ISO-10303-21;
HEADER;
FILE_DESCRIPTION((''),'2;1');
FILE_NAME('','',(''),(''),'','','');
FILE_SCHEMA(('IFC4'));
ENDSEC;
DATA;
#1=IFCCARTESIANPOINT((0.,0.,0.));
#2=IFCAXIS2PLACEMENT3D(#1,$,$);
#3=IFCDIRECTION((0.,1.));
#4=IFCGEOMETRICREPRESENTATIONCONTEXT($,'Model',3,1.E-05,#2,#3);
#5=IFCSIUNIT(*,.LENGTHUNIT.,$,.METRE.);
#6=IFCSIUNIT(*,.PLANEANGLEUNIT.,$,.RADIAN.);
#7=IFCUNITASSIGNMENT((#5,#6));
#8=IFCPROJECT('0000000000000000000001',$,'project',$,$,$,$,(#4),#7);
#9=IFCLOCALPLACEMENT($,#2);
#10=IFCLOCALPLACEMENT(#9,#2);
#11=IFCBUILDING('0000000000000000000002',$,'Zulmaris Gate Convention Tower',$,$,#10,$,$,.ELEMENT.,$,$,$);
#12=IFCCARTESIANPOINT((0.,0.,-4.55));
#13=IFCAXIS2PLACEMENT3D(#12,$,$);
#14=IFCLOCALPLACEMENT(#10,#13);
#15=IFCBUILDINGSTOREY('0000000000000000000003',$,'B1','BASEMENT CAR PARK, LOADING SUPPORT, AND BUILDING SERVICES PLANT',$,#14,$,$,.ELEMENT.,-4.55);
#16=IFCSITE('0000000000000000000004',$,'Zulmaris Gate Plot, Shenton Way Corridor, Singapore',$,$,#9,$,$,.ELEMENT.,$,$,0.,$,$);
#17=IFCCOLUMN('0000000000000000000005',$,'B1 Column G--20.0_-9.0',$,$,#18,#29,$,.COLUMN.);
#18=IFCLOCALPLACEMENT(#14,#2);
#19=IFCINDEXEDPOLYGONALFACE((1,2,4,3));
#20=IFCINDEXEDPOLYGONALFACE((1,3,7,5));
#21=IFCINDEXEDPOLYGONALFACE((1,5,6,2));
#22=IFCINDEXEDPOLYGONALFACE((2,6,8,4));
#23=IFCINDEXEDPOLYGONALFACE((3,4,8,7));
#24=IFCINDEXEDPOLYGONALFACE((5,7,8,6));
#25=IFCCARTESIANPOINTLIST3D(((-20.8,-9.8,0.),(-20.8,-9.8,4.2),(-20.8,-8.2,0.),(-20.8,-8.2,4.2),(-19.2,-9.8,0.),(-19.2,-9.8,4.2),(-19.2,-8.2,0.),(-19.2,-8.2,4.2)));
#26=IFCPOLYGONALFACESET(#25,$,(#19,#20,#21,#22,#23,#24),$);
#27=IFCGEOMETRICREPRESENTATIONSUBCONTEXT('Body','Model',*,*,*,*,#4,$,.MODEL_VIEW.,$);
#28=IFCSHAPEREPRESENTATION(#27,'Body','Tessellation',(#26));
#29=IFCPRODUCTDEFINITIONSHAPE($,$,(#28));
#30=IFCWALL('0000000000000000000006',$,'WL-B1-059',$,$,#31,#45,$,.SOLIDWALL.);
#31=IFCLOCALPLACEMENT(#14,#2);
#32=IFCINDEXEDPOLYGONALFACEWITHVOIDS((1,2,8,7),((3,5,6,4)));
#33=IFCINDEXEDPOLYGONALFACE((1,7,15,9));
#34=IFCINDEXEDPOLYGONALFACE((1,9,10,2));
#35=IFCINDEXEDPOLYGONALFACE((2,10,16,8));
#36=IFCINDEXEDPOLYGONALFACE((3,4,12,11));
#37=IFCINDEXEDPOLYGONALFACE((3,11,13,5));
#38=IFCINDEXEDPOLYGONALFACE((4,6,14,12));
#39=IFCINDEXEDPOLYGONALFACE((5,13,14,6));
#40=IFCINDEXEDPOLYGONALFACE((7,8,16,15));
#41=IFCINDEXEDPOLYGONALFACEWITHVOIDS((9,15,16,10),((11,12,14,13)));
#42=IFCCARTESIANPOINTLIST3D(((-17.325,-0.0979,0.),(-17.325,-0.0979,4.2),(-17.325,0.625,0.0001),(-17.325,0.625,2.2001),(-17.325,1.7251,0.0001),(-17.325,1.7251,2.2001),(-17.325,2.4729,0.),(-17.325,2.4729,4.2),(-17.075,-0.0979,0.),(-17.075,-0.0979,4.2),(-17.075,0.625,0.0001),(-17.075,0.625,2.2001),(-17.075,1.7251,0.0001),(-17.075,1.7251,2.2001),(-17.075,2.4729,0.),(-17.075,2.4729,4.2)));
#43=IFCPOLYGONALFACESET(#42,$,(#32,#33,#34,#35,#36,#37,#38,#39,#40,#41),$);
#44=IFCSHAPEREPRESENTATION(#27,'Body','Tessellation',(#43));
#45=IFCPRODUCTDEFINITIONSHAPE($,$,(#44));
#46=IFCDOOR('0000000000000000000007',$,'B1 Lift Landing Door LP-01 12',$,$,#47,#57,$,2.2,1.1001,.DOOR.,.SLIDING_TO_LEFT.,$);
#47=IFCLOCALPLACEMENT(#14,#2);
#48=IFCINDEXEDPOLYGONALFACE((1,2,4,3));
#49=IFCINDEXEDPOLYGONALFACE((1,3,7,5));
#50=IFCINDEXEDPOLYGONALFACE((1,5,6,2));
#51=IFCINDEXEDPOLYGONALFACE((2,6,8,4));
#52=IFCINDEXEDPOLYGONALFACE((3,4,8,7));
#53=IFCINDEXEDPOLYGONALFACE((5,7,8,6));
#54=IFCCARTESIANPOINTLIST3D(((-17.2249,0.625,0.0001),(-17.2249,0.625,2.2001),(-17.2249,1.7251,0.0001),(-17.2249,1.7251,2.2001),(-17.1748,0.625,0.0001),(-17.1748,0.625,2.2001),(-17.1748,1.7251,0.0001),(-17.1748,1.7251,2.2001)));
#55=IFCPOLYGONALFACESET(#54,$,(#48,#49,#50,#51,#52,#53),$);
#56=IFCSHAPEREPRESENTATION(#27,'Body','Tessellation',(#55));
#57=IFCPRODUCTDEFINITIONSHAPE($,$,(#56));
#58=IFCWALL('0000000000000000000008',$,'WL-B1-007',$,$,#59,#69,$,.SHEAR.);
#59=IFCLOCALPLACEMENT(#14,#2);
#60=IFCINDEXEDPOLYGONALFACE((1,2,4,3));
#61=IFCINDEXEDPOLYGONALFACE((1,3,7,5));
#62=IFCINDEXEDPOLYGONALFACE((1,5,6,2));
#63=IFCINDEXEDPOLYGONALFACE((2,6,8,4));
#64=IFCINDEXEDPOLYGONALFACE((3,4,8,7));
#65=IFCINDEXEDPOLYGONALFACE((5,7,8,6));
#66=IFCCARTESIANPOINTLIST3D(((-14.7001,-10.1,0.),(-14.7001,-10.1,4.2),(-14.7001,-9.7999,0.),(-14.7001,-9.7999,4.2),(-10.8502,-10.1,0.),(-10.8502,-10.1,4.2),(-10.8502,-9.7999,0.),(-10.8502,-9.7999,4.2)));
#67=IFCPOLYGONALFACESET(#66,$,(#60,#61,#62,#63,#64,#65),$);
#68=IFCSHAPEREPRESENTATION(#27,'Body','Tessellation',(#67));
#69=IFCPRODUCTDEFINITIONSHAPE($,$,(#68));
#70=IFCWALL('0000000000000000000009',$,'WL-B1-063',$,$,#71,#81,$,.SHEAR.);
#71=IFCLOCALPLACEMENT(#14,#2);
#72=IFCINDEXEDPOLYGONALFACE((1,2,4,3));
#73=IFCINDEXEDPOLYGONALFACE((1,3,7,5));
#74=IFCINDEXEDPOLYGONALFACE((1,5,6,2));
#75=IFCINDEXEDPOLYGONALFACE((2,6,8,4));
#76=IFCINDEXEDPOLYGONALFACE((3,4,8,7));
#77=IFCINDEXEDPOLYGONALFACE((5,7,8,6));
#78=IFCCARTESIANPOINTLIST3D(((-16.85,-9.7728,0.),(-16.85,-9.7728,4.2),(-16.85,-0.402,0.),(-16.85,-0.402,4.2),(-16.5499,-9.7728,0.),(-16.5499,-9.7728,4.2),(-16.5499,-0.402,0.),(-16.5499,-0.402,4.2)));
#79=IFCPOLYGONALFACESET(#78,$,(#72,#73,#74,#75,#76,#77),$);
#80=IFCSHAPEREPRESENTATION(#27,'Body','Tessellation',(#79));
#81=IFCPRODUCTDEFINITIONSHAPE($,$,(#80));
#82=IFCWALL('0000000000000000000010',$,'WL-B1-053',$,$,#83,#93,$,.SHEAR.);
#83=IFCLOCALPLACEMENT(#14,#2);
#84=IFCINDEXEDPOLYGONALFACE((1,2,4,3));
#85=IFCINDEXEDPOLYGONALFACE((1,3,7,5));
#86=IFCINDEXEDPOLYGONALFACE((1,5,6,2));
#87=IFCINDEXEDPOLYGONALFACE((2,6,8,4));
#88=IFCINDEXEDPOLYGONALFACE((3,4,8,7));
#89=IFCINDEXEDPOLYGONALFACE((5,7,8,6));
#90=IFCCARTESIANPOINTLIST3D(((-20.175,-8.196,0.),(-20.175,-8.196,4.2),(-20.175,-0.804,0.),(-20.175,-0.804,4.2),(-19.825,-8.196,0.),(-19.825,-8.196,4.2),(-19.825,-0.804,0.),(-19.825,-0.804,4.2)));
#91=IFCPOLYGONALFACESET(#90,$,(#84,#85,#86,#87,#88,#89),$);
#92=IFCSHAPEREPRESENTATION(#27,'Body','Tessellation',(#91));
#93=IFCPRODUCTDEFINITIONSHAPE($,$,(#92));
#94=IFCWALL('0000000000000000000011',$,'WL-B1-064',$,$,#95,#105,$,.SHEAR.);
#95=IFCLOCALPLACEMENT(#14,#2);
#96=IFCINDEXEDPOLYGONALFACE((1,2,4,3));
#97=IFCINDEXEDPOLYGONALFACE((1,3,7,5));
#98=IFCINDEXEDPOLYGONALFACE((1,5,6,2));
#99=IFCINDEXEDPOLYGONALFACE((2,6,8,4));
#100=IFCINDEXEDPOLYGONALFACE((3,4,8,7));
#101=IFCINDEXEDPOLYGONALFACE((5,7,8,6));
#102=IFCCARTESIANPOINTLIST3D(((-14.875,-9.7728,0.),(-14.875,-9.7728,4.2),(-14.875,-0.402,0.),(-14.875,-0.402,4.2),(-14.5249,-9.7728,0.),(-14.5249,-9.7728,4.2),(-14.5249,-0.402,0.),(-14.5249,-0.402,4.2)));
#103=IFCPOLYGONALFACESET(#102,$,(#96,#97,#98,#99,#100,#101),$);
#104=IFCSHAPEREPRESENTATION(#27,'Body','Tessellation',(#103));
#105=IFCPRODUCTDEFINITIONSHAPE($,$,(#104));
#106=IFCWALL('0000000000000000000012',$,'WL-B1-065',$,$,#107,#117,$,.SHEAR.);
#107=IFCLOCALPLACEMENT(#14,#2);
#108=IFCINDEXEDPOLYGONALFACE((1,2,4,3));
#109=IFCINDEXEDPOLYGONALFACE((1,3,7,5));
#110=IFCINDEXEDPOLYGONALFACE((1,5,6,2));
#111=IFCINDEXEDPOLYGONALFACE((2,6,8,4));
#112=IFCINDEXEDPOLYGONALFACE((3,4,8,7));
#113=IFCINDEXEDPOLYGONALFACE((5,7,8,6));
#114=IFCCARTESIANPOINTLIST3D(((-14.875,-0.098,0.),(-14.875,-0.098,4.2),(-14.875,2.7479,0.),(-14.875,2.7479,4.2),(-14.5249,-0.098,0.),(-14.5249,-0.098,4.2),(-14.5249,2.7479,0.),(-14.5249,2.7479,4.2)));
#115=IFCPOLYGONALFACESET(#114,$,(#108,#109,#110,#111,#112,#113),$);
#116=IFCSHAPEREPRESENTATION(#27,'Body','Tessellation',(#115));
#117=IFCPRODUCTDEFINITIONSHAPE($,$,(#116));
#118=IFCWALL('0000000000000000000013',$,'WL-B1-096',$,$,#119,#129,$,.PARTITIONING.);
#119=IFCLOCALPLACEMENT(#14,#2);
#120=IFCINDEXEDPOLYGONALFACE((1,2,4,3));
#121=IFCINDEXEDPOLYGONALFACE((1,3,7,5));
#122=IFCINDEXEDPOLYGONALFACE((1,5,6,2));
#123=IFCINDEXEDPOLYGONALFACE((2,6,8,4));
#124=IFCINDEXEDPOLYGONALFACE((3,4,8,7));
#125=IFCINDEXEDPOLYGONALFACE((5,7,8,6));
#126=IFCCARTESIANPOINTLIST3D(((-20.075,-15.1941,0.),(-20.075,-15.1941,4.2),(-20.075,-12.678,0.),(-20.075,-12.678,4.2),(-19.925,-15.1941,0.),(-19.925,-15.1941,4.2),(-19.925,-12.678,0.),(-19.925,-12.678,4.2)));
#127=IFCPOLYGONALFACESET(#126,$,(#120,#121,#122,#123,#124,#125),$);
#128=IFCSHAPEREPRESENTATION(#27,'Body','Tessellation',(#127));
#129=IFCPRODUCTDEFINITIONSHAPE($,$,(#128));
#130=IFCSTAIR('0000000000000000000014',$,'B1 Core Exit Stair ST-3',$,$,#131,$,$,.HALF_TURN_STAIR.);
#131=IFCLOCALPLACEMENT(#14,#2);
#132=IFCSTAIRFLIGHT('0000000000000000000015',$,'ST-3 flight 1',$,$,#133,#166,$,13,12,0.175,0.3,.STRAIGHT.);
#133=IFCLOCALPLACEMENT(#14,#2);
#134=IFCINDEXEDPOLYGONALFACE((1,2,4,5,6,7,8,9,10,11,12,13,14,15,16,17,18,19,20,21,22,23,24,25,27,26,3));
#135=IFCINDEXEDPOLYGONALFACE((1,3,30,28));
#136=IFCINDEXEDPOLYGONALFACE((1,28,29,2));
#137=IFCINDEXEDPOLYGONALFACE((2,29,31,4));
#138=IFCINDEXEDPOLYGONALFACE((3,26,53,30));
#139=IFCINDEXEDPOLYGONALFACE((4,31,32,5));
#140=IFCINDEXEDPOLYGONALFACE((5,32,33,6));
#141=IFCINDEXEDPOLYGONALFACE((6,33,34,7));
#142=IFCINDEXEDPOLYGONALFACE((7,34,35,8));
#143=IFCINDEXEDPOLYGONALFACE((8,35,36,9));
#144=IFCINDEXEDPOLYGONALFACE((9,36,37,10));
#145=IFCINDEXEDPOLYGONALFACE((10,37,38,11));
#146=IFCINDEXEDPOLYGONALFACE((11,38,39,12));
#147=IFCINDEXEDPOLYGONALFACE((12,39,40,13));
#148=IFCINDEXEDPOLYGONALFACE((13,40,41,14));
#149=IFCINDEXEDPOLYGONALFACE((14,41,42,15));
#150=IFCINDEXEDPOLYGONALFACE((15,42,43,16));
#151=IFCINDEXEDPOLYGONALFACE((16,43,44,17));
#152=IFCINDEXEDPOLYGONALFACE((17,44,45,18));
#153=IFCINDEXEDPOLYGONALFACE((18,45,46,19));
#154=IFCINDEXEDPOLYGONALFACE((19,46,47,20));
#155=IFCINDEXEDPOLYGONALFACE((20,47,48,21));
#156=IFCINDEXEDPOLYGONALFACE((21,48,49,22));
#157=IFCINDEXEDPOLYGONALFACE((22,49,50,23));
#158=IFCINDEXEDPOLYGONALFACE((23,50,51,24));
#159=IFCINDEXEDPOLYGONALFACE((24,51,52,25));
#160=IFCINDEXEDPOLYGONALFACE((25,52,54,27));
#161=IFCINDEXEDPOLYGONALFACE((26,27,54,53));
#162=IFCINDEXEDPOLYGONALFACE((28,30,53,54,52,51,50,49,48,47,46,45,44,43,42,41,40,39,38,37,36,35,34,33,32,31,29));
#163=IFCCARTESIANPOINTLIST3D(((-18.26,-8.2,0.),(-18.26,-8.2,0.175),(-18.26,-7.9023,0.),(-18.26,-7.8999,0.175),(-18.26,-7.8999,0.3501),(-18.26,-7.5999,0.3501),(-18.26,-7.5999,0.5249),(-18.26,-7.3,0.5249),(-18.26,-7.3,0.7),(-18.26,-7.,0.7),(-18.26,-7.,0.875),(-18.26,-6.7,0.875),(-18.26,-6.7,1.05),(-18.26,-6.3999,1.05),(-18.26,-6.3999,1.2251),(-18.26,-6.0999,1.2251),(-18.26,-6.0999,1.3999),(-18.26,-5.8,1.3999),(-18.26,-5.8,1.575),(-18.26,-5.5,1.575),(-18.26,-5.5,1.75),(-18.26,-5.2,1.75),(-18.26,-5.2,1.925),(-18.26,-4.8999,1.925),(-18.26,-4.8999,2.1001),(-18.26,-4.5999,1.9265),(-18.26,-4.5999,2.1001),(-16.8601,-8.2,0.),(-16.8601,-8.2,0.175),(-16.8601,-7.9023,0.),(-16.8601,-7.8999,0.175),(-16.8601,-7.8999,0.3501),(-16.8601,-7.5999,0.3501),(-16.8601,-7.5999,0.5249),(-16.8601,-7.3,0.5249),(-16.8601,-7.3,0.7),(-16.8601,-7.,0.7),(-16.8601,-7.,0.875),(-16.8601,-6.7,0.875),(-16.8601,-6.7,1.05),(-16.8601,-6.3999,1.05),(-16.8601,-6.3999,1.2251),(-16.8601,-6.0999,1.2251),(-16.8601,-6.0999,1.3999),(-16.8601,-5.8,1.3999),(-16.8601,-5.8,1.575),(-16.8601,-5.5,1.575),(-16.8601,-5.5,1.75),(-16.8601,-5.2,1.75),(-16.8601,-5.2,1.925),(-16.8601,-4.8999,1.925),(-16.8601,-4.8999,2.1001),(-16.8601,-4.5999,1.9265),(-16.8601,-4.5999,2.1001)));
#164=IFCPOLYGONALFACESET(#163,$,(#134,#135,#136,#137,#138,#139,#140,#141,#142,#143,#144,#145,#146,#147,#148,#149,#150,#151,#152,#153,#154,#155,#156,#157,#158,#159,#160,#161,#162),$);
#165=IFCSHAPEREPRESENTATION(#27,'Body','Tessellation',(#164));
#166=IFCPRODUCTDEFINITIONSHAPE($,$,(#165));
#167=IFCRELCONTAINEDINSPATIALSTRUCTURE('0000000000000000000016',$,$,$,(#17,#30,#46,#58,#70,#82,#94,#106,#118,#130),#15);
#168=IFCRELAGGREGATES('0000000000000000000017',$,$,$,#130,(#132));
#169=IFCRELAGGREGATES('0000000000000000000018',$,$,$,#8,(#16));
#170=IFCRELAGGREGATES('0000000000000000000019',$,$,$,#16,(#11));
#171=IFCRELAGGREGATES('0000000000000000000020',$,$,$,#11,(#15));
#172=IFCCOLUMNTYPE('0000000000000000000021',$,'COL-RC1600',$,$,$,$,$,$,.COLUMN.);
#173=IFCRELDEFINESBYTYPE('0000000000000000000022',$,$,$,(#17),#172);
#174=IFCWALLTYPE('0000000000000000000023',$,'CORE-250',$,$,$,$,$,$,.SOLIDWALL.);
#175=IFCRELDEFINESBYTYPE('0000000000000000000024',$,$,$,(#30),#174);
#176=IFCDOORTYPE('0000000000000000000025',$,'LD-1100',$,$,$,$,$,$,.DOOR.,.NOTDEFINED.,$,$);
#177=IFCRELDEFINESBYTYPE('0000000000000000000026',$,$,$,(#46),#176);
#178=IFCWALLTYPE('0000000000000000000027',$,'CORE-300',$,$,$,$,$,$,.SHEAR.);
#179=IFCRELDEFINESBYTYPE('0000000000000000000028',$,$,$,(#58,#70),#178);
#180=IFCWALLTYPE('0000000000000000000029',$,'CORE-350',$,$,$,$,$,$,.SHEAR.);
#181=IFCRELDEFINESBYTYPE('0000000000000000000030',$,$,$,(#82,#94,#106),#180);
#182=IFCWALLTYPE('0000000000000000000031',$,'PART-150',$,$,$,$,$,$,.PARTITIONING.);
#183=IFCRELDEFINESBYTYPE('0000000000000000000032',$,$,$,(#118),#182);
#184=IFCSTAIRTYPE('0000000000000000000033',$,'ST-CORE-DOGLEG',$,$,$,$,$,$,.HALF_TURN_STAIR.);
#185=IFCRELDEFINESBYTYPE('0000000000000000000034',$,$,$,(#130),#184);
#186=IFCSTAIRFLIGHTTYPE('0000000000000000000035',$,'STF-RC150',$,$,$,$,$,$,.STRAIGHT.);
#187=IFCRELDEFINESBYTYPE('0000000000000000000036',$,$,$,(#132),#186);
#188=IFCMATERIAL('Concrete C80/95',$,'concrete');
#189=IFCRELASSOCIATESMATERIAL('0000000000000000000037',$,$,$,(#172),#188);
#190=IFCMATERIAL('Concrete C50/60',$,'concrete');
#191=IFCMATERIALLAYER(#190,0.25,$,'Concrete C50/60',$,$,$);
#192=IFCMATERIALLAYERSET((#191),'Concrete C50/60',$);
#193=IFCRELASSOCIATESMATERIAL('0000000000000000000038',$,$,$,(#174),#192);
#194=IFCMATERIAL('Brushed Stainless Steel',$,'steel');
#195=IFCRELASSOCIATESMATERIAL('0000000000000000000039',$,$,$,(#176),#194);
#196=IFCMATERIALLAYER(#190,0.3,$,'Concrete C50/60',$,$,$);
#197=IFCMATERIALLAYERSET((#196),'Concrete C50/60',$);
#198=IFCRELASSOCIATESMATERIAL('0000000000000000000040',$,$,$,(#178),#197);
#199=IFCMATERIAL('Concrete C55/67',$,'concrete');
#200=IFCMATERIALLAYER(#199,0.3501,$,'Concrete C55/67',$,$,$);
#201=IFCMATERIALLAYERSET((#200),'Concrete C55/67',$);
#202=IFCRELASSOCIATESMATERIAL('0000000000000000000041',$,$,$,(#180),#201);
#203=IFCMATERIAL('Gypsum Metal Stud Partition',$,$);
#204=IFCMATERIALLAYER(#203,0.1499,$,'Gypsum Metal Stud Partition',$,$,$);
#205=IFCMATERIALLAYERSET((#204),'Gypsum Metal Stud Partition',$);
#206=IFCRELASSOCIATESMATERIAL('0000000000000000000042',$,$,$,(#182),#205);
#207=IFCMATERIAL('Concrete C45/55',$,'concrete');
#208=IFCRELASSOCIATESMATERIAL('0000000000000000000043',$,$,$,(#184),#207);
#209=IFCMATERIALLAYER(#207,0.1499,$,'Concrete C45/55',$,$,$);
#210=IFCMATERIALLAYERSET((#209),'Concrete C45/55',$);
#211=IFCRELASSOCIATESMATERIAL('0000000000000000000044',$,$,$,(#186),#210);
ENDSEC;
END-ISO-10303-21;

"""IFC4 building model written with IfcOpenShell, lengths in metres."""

from ifc_helpers import new_model, si_unit, direction, frame, frame_2d, origin, origin_2d, place, context, subcontext, project, spatial, polyline, rectangle, outline, extrude, material, layer, layer_set, material_profile, profile_set, type_object, element, fill, aggregate, save


model = new_model("IFC4")

# Units and contexts
model_context = context("Model", 3, precision=1e-05, world=origin(), true_north=direction((0.0, 1.0)))
body_context = subcontext(model_context, "Body", "Model", "MODEL_VIEW")
ifc_project = project(units=[si_unit("LENGTHUNIT", "METRE"), si_unit("PLANEANGLEUNIT", "RADIAN")], contexts=[model_context])

# Site, building, storey
site_placement = place(None, origin())
site = spatial("IfcSite", under=ifc_project, at=site_placement, Name="Zulmaris Gate Plot, Shenton Way Corridor, Singapore", CompositionType="ELEMENT", RefElevation=0.0)
building_placement = place(site_placement, origin())
building = spatial("IfcBuilding", under=site, at=building_placement, Name="Zulmaris Gate Convention Tower", CompositionType="ELEMENT")
storey_placement = place(building_placement, frame((0.0, 0.0, -4.55)))
storey = spatial("IfcBuildingStorey", under=building, at=storey_placement, Name="B1", Description="BASEMENT CAR PARK, LOADING SUPPORT, AND BUILDING SERVICES PLANT", CompositionType="ELEMENT", Elevation=-4.55)

# Column
ifc_material_1 = material(Name="Concrete C80/95", Category="concrete")
ifc_material_profile = material_profile(ifc_material_1, rectangle(XDim=1.6001, YDim=1.6001, at=origin_2d()), Name="RC COL 1600x1600")
ifc_profile_set = profile_set([ifc_material_profile], Name="Concrete C80/95")
column_type = type_object("IfcColumnType", Name="COL-RC1600", PredefinedType="COLUMN", material=ifc_profile_set)
column_placement = place(storey_placement, frame((-20.0, -9.0, 0.0), z_axis=(0.0, 0.0, 1.0), x_axis=(1.0, 0.0, 0.0)))
element("IfcColumn", 1, at=column_placement, inside=storey, type_object=column_type, Name="B1 Column G--20.0_-9.0", PredefinedType="COLUMN", context=body_context, shape_type="SweptSolid", body=[
    extrude(rectangle(XDim=1.6001, YDim=1.6001, at=origin_2d()), origin(), (0.0, 0.0, 1.0), 4.2),
])

# Wall, opening, door
ifc_material_2 = material(Name="Concrete C50/60", Category="concrete")
ifc_layer_1 = layer(ifc_material_2, 0.25, Name="Concrete C50/60")
ifc_layer_set_1 = layer_set([ifc_layer_1], Name="Concrete C50/60")
wall_type_1 = type_object("IfcWallType", Name="CORE-250", PredefinedType="SOLIDWALL", material=ifc_layer_set_1)
wall_1_placement = place(storey_placement, frame((-17.2, -0.0979, 0.0), z_axis=(0.0, 0.0, 1.0), x_axis=(0.0, 1.0, 0.0)))
wall_1 = element("IfcWall", 2, at=wall_1_placement, inside=storey, type_object=wall_type_1, Name="WL-B1-059", PredefinedType="SOLIDWALL", context=body_context, shape_type="SweptSolid", body=[
    extrude(rectangle(XDim=2.5708, YDim=0.25, at=frame_2d((1.2854, 0.0))), origin(), (0.0, 0.0, 1.0), 4.2),
])
opening_1_placement = place(wall_1_placement, frame((0.7229, 0.0, 0.0)))
opening_1 = element("IfcOpeningElement", 3, at=opening_1_placement, cuts=wall_1, PredefinedType="OPENING", context=body_context, shape_type="SweptSolid", body=[
    extrude(rectangle(XDim=1.1001, YDim=2.2, at=frame_2d((0.55, 1.1001))), frame((0.0, 0.135, 0.0), z_axis=(0.0, -1.0, 0.0), x_axis=(1.0, 0.0, 0.0)), (0.0, 0.0, 1.0), 0.27),
])
ifc_material_3 = material(Name="Brushed Stainless Steel", Category="steel")
door_type_1 = type_object("IfcDoorType", Name="LD-1100", OperationType="NOTDEFINED", PredefinedType="DOOR", material=ifc_material_3)
door_1_placement = place(opening_1_placement, origin())
door_1 = element("IfcDoor", 4, at=door_1_placement, inside=storey, type_object=door_type_1, Name="B1 Lift Landing Door LP-01 12", OperationType="SLIDING_TO_LEFT", OverallHeight=2.2, OverallWidth=1.1001, PredefinedType="DOOR", context=body_context, shape_type="SweptSolid", body=[
    extrude(rectangle(XDim=1.1001, YDim=2.2, at=frame_2d((0.55, 1.1001))), frame((0.0, 0.0249, 0.0), z_axis=(0.0, -1.0, 0.0), x_axis=(1.0, 0.0, 0.0)), (0.0, 0.0, 1.0), 0.05),
])
fill(opening_1, door_1)

# Wall
ifc_layer_2 = layer(ifc_material_2, 0.3, Name="Concrete C50/60")
ifc_layer_set_2 = layer_set([ifc_layer_2], Name="Concrete C50/60")
wall_type_2 = type_object("IfcWallType", Name="CORE-300", PredefinedType="SHEAR", material=ifc_layer_set_2)
wall_2_placement = place(storey_placement, frame((-14.7, -9.95, 0.0), z_axis=(0.0, 0.0, 1.0), x_axis=(1.0, 0.0, 0.0)))
element("IfcWall", 5, at=wall_2_placement, inside=storey, type_object=wall_type_2, Name="WL-B1-007", PredefinedType="SHEAR", context=body_context, shape_type="SweptSolid", body=[
    extrude(rectangle(XDim=3.8499, YDim=0.3, at=frame_2d((1.9248, 0.0))), origin(), (0.0, 0.0, 1.0), 4.2),
])

# Wall
wall_3_placement = place(storey_placement, frame((-16.7, -9.7729, 0.0), z_axis=(0.0, 0.0, 1.0), x_axis=(0.0, 1.0, 0.0)))
element("IfcWall", 6, at=wall_3_placement, inside=storey, type_object=wall_type_2, Name="WL-B1-063", PredefinedType="SHEAR", context=body_context, shape_type="SweptSolid", body=[
    extrude(rectangle(XDim=9.3708, YDim=0.3, at=frame_2d((4.6855, 0.0))), origin(), (0.0, 0.0, 1.0), 4.2),
])

# Shared definitions
ifc_material_4 = material(Name="Concrete C55/67", Category="concrete")
ifc_layer_3 = layer(ifc_material_4, 0.3501, Name="Concrete C55/67")
ifc_layer_set_3 = layer_set([ifc_layer_3], Name="Concrete C55/67")
wall_type_3 = type_object("IfcWallType", Name="CORE-350", PredefinedType="SHEAR", material=ifc_layer_set_3)

# Walls
wall_4_placement = place(storey_placement, frame((-20.0, -8.196, 0.0), z_axis=(0.0, 0.0, 1.0), x_axis=(0.0, 1.0, 0.0)))
element("IfcWall", 7, at=wall_4_placement, inside=storey, type_object=wall_type_3, Name="WL-B1-053", PredefinedType="SHEAR", context=body_context, shape_type="SweptSolid", body=[
    extrude(rectangle(XDim=7.3921, YDim=0.3501, at=frame_2d((3.696, 0.0))), origin(), (0.0, 0.0, 1.0), 4.2),
])
wall_5_placement = place(storey_placement, frame((-14.7, -9.7729, 0.0), z_axis=(0.0, 0.0, 1.0), x_axis=(0.0, 1.0, 0.0)))
element("IfcWall", 8, at=wall_5_placement, inside=storey, type_object=wall_type_3, Name="WL-B1-064", PredefinedType="SHEAR", context=body_context, shape_type="SweptSolid", body=[
    extrude(rectangle(XDim=9.3708, YDim=0.3501, at=frame_2d((4.6855, 0.0))), origin(), (0.0, 0.0, 1.0), 4.2),
])
wall_6_placement = place(storey_placement, frame((-14.7, -0.0979, 0.0), z_axis=(0.0, 0.0, 1.0), x_axis=(0.0, 1.0, 0.0)))
element("IfcWall", 9, at=wall_6_placement, inside=storey, type_object=wall_type_3, Name="WL-B1-065", PredefinedType="SHEAR", context=body_context, shape_type="SweptSolid", body=[
    extrude(rectangle(XDim=2.8459, YDim=0.3501, at=frame_2d((1.4229, 0.0))), origin(), (0.0, 0.0, 1.0), 4.2),
])
ifc_material_5 = material(Name="Gypsum Metal Stud Partition")
ifc_layer_4 = layer(ifc_material_5, 0.1499, Name="Gypsum Metal Stud Partition")
ifc_layer_set_4 = layer_set([ifc_layer_4], Name="Gypsum Metal Stud Partition")
wall_type_4 = type_object("IfcWallType", Name="PART-150", PredefinedType="PARTITIONING", material=ifc_layer_set_4)
wall_7_placement = place(storey_placement, frame((-20.0, -15.1941, 0.0), z_axis=(0.0, 0.0, 1.0), x_axis=(0.0, 1.0, 0.0)))
element("IfcWall", 10, at=wall_7_placement, inside=storey, type_object=wall_type_4, Name="WL-B1-096", PredefinedType="PARTITIONING", context=body_context, shape_type="SweptSolid", body=[
    extrude(rectangle(XDim=2.5161, YDim=0.1499, at=frame_2d((1.2581, 0.0))), origin(), (0.0, 0.0, 1.0), 4.2),
])

# Stair, stair flight
ifc_material_6 = material(Name="Concrete C45/55", Category="concrete")
stair_type = type_object("IfcStairType", Name="ST-CORE-DOGLEG", PredefinedType="HALF_TURN_STAIR", material=ifc_material_6)
stair_placement = place(storey_placement, origin())
stair = element("IfcStair", 11, at=stair_placement, inside=storey, type_object=stair_type, Name="B1 Core Exit Stair ST-3", PredefinedType="HALF_TURN_STAIR")
ifc_layer_5 = layer(ifc_material_6, 0.1499, Name="Concrete C45/55")
ifc_layer_set_5 = layer_set([ifc_layer_5], Name="Concrete C45/55")
stair_flight_type = type_object("IfcStairFlightType", Name="STF-RC150", PredefinedType="STRAIGHT", material=ifc_layer_set_5)
stair_flight_1_placement = place(storey_placement, frame((-17.5601, -8.2, 0.0), z_axis=(0.0, 0.0, 1.0), x_axis=(0.0, 1.0, 0.0)))
stair_flight_1 = element("IfcStairFlight", 12, at=stair_flight_1_placement, type_object=stair_flight_type, Name="ST-3 flight 1", NumberOfRisers=13, NumberOfTreads=12, PredefinedType="STRAIGHT", RiserHeight=0.175, TreadLength=0.3, context=body_context, shape_type="SweptSolid", body=[
    extrude(outline(polyline([(0.0, 0.0), (0.0, 0.175), (0.3, 0.175), (0.3, 0.3501), (0.6001, 0.3501), (0.6001, 0.5249), (0.8999, 0.5249), (0.8999, 0.7), (1.2, 0.7), (1.2, 0.875), (1.5, 0.875), (1.5, 1.05), (1.8, 1.05), (1.8, 1.2251), (2.1001, 1.2251), (2.1001, 1.3999), (2.3999, 1.3999), (2.3999, 1.575), (2.7, 1.575), (2.7, 1.75), (3.0, 1.75), (3.0, 1.925), (3.3, 1.925), (3.3, 2.1001), (3.6001, 2.1001), (3.6001, 2.2749), (3.6001, 1.9265), (0.2976, 0.0), (0.0, 0.0)])), frame((0.0, 0.7, 0.0), z_axis=(0.0, -1.0, 0.0), x_axis=(1.0, 0.0, 0.0)), (0.0, 0.0, 1.0), 1.3999),
])
aggregate(stair, [stair_flight_1])

save(model, "model.ifc")
